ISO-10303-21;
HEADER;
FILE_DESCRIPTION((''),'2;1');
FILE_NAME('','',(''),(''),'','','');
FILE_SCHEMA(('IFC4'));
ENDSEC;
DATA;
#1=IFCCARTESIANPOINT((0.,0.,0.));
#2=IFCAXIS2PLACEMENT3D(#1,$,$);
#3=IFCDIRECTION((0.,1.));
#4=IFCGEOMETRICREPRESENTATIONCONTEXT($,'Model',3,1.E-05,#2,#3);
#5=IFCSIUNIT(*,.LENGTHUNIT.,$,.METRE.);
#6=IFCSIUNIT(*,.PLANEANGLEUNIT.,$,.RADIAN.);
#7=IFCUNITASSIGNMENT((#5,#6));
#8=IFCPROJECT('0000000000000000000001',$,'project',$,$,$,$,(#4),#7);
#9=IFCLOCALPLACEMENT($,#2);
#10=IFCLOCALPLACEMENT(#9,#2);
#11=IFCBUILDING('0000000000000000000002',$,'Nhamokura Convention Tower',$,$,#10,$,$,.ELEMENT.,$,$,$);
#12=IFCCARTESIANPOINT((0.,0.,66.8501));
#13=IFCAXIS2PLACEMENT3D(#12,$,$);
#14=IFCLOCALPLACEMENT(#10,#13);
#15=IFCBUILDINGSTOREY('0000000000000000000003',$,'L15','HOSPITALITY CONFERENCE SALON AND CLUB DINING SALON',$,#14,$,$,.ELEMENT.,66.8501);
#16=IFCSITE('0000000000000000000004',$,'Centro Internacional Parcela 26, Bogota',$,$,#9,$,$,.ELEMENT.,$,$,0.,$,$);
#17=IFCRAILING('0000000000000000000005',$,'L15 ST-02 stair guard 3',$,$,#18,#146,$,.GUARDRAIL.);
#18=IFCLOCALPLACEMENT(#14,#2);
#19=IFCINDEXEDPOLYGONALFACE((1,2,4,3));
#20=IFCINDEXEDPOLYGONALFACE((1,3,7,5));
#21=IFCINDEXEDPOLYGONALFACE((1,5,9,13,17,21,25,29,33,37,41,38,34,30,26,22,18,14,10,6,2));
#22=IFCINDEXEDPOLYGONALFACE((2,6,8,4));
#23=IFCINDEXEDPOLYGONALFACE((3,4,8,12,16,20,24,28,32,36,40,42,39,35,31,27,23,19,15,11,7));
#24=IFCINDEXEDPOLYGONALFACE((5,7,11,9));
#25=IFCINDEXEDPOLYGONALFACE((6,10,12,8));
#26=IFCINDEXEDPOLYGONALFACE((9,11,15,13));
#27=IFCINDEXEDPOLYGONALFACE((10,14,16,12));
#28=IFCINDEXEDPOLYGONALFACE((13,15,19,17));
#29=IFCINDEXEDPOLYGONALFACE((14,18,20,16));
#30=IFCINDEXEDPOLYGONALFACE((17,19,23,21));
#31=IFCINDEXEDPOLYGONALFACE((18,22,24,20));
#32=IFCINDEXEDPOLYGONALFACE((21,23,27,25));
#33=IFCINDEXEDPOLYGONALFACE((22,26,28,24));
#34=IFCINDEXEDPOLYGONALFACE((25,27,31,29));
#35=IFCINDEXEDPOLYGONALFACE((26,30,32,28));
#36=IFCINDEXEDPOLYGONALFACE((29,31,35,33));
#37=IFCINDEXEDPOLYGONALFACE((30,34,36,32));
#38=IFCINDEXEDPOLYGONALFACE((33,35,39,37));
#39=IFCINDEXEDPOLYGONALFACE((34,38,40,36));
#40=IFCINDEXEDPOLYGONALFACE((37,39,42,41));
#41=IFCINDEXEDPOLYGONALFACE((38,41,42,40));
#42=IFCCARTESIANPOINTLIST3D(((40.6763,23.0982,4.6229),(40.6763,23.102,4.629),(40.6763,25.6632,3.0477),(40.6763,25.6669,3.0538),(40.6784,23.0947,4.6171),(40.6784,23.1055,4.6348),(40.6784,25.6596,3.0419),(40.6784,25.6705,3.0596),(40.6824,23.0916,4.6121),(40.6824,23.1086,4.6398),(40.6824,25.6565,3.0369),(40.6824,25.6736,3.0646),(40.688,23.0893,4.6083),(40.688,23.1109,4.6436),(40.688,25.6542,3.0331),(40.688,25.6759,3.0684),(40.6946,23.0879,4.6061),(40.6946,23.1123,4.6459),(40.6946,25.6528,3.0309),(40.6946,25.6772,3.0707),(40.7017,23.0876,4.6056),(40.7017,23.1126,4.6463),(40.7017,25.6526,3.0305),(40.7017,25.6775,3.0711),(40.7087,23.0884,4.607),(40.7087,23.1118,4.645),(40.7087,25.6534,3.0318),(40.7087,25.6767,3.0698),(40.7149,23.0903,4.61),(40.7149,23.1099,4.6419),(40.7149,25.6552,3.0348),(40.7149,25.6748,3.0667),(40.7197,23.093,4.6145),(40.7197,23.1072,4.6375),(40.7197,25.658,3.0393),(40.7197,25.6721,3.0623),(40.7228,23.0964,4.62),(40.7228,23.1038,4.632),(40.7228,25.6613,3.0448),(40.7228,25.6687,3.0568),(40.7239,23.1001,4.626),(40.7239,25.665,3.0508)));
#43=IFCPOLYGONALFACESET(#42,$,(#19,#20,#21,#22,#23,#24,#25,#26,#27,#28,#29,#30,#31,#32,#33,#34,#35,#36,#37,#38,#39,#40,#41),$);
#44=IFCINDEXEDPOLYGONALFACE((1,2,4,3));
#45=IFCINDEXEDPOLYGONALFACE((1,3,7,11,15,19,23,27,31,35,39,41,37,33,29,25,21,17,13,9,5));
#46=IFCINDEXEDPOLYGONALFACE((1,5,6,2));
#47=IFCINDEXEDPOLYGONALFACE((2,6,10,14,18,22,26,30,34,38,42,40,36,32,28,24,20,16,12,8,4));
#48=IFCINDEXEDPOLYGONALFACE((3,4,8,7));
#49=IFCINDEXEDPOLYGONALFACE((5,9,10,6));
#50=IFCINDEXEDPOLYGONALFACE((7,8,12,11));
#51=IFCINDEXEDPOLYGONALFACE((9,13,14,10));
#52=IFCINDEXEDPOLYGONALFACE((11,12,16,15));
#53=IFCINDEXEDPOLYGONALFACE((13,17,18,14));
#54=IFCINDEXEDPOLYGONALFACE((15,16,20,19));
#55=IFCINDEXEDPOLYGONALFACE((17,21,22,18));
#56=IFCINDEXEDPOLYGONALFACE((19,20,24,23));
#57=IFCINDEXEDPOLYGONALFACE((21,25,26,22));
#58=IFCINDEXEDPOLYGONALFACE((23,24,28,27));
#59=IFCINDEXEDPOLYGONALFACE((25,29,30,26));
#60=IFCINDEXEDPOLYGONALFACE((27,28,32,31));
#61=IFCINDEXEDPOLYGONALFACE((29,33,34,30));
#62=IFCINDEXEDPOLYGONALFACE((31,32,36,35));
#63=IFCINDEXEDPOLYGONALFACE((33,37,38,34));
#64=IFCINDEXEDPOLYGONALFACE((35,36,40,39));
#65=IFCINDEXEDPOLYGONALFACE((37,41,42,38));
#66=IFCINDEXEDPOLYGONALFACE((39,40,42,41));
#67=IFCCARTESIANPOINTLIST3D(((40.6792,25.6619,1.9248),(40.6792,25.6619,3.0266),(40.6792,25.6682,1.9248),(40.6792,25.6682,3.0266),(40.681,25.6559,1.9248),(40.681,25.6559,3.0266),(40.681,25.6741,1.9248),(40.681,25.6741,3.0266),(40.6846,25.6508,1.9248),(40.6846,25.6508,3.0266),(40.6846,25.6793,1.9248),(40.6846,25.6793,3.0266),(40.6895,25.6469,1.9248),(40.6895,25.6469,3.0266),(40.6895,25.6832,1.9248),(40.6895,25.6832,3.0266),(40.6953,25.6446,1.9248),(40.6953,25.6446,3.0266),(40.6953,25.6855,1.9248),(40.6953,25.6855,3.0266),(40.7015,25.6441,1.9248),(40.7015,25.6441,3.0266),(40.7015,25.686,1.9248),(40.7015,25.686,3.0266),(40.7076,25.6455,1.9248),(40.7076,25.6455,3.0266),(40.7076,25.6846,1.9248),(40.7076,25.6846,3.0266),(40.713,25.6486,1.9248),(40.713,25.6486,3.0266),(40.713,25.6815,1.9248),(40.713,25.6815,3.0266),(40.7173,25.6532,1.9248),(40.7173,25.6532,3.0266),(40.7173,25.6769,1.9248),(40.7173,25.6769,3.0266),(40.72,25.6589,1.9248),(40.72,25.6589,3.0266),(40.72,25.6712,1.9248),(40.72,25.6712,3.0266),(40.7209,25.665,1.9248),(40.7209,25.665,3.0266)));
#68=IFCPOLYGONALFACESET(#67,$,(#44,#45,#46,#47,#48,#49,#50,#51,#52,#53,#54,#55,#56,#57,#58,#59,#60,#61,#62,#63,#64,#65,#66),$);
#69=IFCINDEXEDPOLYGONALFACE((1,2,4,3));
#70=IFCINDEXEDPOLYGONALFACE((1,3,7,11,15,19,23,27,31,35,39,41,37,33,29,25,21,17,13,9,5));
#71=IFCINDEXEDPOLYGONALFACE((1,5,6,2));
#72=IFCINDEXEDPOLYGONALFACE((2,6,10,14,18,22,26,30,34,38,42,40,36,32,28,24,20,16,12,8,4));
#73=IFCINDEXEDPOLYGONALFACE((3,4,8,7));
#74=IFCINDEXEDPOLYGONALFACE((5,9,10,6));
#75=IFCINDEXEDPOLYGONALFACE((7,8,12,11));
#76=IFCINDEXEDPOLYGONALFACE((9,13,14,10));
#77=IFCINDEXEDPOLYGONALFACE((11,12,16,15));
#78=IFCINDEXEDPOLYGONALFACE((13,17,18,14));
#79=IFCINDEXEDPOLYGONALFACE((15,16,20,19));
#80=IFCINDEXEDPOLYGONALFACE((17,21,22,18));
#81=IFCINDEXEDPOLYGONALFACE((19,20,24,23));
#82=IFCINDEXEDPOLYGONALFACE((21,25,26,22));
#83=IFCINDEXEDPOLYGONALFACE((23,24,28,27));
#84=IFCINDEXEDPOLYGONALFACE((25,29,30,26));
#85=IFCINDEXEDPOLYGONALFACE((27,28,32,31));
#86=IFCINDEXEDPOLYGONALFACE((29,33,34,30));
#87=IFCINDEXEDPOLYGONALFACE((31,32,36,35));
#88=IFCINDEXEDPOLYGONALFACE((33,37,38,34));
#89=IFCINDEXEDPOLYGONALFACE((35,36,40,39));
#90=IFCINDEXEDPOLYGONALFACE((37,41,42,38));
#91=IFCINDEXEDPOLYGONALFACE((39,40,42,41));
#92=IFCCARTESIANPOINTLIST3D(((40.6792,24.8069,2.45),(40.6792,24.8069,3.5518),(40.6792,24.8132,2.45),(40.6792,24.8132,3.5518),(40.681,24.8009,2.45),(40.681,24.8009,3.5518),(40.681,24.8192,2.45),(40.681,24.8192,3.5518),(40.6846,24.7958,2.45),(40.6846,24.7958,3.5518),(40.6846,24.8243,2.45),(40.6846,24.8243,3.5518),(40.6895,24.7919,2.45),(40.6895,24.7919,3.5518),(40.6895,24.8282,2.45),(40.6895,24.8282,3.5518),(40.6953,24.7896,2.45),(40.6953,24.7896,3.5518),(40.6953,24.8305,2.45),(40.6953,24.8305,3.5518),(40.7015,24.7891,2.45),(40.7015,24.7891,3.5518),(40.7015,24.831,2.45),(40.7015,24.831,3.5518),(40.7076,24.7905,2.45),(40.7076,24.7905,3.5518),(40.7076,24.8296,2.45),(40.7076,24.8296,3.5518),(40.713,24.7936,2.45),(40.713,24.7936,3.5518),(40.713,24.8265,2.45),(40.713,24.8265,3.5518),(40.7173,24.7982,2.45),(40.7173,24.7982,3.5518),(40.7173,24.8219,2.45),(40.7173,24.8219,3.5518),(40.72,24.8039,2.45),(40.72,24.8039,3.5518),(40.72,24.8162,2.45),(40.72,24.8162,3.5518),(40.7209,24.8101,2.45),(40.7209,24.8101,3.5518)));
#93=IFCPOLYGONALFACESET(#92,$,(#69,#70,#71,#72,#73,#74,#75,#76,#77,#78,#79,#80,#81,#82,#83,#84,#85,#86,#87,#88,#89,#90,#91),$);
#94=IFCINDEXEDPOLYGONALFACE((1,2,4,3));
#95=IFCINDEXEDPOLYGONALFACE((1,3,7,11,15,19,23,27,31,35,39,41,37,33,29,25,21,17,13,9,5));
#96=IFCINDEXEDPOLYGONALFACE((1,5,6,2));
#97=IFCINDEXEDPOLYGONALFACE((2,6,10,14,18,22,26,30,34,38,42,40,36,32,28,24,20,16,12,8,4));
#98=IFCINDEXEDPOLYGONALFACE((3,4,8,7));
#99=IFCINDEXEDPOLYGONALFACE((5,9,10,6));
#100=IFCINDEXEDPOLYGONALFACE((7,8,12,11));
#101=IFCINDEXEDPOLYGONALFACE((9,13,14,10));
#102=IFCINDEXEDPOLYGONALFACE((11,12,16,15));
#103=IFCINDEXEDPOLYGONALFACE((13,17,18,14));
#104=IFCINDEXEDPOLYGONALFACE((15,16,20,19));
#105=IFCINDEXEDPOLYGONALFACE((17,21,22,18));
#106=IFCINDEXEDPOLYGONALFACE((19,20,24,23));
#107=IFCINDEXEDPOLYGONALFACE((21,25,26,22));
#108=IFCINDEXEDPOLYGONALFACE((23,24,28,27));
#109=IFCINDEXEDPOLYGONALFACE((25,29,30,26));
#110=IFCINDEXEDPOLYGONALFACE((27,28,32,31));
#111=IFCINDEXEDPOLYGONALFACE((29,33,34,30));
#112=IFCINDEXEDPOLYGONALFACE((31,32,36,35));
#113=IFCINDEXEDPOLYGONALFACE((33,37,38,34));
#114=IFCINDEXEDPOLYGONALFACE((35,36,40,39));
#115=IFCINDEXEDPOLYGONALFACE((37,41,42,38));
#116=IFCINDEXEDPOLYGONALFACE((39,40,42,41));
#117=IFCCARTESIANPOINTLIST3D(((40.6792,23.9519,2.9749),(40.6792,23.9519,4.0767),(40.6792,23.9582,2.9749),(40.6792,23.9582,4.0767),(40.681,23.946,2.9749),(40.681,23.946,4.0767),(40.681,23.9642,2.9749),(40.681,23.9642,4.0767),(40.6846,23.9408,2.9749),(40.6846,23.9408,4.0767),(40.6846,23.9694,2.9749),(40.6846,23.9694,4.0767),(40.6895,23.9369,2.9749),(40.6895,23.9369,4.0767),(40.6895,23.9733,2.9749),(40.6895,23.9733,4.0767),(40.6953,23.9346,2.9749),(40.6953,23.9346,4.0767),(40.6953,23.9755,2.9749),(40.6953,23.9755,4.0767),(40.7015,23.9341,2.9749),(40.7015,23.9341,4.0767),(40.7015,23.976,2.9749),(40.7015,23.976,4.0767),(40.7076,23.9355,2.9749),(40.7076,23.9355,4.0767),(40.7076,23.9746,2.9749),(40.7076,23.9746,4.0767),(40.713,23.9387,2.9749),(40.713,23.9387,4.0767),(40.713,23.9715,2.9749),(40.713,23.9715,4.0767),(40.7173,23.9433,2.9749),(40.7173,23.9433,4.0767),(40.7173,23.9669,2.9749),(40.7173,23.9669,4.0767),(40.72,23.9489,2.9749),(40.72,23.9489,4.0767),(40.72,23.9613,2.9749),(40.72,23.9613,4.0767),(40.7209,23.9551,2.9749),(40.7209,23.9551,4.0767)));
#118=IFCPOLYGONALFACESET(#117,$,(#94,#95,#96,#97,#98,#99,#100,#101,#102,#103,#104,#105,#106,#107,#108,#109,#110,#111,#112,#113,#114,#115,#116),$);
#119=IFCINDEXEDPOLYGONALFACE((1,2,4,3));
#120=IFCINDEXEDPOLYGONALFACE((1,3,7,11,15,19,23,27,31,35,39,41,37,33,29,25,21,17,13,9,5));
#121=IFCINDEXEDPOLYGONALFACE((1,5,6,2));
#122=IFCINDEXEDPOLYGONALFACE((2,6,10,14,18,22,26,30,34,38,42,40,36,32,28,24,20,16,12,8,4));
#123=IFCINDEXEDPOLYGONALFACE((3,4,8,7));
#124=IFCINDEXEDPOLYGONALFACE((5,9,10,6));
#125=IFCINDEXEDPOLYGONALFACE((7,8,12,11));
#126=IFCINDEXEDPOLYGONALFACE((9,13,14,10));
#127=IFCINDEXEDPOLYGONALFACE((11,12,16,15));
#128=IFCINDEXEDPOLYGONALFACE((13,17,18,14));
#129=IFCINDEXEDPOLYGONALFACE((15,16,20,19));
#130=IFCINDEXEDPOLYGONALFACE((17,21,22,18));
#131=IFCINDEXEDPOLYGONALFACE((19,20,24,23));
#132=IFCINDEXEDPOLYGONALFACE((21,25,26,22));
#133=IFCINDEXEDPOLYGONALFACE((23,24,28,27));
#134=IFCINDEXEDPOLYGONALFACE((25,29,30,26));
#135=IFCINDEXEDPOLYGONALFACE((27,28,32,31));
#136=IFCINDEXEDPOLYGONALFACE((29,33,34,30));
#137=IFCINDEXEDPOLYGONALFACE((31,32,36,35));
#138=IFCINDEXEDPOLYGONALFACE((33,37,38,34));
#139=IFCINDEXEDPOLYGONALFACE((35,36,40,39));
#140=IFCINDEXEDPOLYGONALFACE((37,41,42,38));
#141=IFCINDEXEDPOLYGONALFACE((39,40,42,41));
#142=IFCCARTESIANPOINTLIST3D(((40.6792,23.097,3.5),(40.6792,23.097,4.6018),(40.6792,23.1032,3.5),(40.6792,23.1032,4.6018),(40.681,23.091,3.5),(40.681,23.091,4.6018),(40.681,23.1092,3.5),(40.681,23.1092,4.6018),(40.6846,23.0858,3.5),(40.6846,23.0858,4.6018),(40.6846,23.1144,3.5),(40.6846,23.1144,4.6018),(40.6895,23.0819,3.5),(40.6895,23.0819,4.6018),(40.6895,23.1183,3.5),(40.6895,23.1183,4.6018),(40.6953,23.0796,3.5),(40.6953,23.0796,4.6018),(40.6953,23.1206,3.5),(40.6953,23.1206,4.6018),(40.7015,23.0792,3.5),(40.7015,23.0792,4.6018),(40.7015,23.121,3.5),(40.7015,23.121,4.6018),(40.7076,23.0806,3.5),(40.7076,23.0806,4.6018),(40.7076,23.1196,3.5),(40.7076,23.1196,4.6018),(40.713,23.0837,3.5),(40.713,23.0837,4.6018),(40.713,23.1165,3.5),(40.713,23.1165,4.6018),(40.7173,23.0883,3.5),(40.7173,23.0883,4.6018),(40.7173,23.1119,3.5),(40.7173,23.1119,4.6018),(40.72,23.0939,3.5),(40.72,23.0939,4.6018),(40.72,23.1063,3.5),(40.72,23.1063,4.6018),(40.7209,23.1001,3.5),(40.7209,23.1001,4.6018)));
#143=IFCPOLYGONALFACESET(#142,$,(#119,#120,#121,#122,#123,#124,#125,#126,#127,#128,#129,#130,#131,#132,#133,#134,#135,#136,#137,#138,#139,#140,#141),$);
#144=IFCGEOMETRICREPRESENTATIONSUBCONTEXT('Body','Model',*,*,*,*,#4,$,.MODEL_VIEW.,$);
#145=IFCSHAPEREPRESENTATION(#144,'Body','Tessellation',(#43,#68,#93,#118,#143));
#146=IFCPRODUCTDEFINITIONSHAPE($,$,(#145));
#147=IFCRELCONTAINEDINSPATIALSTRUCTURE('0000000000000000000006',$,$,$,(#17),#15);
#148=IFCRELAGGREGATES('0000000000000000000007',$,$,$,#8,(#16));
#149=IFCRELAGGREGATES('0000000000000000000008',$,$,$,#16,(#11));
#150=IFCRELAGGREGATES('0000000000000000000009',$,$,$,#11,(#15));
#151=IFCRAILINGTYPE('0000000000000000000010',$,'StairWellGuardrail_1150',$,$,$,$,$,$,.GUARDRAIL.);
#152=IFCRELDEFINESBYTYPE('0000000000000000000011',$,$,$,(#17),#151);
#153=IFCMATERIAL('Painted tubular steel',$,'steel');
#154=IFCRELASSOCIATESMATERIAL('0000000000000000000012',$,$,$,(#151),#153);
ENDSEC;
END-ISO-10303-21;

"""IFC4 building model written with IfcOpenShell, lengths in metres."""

from ifc_helpers import new_model, si_unit, direction, frame, origin, origin_2d, place, context, subcontext, project, spatial, circle, extrude, material, type_object, element, save


model = new_model("IFC4")

# Units and contexts
model_context = context("Model", 3, precision=1e-05, world=origin(), true_north=direction((0.0, 1.0)))
body_context = subcontext(model_context, "Body", "Model", "MODEL_VIEW")
ifc_project = project(units=[si_unit("LENGTHUNIT", "METRE"), si_unit("PLANEANGLEUNIT", "RADIAN")], contexts=[model_context])

# Site, building, storey
site_placement = place(None, origin())
site = spatial("IfcSite", under=ifc_project, at=site_placement, Name="Centro Internacional Parcela 26, Bogota", CompositionType="ELEMENT", RefElevation=0.0)
building_placement = place(site_placement, origin())
building = spatial("IfcBuilding", under=site, at=building_placement, Name="Nhamokura Convention Tower", CompositionType="ELEMENT")
storey_placement = place(building_placement, frame((0.0, 0.0, 66.8501)))
storey = spatial("IfcBuildingStorey", under=building, at=storey_placement, Name="L15", Description="HOSPITALITY CONFERENCE SALON AND CLUB DINING SALON", CompositionType="ELEMENT", Elevation=66.8501)

# Railing
ifc_material_1 = material(Name="Painted tubular steel", Category="steel")
railing_type_1 = type_object("IfcRailingType", Name="StairWellGuardrail_1150", PredefinedType="GUARDRAIL", material=ifc_material_1)
railing_1_placement = place(storey_placement, frame((40.7, 25.665, 1.9248)))
element("IfcRailing", 1, at=railing_1_placement, inside=storey, type_object=railing_type_1, Name="L15 ST-02 stair guard 3", PredefinedType="GUARDRAIL", context=body_context, shape_type="SweptSolid", body=[
    extrude(circle(Radius=0.0239, at=origin_2d()), frame((0.0, 0.0, 1.126), z_axis=(0.0, -0.852137, 0.523319), x_axis=(1.0, 0.0, 0.0)), (0.0, 0.0, 1.0), 3.01),
    extrude(circle(Radius=0.021, at=origin_2d()), origin(), (0.0, 0.0, 1.0), 1.1018),
    extrude(circle(Radius=0.021, at=origin_2d()), frame((0.0, -0.855, 0.5251)), (0.0, 0.0, 1.0), 1.1018),
    extrude(circle(Radius=0.021, at=origin_2d()), frame((0.0, -1.71, 1.05)), (0.0, 0.0, 1.0), 1.1018),
    extrude(circle(Radius=0.021, at=origin_2d()), frame((0.0, -2.5649, 1.5752)), (0.0, 0.0, 1.0), 1.1018),
])

save(model, "model.ifc")
